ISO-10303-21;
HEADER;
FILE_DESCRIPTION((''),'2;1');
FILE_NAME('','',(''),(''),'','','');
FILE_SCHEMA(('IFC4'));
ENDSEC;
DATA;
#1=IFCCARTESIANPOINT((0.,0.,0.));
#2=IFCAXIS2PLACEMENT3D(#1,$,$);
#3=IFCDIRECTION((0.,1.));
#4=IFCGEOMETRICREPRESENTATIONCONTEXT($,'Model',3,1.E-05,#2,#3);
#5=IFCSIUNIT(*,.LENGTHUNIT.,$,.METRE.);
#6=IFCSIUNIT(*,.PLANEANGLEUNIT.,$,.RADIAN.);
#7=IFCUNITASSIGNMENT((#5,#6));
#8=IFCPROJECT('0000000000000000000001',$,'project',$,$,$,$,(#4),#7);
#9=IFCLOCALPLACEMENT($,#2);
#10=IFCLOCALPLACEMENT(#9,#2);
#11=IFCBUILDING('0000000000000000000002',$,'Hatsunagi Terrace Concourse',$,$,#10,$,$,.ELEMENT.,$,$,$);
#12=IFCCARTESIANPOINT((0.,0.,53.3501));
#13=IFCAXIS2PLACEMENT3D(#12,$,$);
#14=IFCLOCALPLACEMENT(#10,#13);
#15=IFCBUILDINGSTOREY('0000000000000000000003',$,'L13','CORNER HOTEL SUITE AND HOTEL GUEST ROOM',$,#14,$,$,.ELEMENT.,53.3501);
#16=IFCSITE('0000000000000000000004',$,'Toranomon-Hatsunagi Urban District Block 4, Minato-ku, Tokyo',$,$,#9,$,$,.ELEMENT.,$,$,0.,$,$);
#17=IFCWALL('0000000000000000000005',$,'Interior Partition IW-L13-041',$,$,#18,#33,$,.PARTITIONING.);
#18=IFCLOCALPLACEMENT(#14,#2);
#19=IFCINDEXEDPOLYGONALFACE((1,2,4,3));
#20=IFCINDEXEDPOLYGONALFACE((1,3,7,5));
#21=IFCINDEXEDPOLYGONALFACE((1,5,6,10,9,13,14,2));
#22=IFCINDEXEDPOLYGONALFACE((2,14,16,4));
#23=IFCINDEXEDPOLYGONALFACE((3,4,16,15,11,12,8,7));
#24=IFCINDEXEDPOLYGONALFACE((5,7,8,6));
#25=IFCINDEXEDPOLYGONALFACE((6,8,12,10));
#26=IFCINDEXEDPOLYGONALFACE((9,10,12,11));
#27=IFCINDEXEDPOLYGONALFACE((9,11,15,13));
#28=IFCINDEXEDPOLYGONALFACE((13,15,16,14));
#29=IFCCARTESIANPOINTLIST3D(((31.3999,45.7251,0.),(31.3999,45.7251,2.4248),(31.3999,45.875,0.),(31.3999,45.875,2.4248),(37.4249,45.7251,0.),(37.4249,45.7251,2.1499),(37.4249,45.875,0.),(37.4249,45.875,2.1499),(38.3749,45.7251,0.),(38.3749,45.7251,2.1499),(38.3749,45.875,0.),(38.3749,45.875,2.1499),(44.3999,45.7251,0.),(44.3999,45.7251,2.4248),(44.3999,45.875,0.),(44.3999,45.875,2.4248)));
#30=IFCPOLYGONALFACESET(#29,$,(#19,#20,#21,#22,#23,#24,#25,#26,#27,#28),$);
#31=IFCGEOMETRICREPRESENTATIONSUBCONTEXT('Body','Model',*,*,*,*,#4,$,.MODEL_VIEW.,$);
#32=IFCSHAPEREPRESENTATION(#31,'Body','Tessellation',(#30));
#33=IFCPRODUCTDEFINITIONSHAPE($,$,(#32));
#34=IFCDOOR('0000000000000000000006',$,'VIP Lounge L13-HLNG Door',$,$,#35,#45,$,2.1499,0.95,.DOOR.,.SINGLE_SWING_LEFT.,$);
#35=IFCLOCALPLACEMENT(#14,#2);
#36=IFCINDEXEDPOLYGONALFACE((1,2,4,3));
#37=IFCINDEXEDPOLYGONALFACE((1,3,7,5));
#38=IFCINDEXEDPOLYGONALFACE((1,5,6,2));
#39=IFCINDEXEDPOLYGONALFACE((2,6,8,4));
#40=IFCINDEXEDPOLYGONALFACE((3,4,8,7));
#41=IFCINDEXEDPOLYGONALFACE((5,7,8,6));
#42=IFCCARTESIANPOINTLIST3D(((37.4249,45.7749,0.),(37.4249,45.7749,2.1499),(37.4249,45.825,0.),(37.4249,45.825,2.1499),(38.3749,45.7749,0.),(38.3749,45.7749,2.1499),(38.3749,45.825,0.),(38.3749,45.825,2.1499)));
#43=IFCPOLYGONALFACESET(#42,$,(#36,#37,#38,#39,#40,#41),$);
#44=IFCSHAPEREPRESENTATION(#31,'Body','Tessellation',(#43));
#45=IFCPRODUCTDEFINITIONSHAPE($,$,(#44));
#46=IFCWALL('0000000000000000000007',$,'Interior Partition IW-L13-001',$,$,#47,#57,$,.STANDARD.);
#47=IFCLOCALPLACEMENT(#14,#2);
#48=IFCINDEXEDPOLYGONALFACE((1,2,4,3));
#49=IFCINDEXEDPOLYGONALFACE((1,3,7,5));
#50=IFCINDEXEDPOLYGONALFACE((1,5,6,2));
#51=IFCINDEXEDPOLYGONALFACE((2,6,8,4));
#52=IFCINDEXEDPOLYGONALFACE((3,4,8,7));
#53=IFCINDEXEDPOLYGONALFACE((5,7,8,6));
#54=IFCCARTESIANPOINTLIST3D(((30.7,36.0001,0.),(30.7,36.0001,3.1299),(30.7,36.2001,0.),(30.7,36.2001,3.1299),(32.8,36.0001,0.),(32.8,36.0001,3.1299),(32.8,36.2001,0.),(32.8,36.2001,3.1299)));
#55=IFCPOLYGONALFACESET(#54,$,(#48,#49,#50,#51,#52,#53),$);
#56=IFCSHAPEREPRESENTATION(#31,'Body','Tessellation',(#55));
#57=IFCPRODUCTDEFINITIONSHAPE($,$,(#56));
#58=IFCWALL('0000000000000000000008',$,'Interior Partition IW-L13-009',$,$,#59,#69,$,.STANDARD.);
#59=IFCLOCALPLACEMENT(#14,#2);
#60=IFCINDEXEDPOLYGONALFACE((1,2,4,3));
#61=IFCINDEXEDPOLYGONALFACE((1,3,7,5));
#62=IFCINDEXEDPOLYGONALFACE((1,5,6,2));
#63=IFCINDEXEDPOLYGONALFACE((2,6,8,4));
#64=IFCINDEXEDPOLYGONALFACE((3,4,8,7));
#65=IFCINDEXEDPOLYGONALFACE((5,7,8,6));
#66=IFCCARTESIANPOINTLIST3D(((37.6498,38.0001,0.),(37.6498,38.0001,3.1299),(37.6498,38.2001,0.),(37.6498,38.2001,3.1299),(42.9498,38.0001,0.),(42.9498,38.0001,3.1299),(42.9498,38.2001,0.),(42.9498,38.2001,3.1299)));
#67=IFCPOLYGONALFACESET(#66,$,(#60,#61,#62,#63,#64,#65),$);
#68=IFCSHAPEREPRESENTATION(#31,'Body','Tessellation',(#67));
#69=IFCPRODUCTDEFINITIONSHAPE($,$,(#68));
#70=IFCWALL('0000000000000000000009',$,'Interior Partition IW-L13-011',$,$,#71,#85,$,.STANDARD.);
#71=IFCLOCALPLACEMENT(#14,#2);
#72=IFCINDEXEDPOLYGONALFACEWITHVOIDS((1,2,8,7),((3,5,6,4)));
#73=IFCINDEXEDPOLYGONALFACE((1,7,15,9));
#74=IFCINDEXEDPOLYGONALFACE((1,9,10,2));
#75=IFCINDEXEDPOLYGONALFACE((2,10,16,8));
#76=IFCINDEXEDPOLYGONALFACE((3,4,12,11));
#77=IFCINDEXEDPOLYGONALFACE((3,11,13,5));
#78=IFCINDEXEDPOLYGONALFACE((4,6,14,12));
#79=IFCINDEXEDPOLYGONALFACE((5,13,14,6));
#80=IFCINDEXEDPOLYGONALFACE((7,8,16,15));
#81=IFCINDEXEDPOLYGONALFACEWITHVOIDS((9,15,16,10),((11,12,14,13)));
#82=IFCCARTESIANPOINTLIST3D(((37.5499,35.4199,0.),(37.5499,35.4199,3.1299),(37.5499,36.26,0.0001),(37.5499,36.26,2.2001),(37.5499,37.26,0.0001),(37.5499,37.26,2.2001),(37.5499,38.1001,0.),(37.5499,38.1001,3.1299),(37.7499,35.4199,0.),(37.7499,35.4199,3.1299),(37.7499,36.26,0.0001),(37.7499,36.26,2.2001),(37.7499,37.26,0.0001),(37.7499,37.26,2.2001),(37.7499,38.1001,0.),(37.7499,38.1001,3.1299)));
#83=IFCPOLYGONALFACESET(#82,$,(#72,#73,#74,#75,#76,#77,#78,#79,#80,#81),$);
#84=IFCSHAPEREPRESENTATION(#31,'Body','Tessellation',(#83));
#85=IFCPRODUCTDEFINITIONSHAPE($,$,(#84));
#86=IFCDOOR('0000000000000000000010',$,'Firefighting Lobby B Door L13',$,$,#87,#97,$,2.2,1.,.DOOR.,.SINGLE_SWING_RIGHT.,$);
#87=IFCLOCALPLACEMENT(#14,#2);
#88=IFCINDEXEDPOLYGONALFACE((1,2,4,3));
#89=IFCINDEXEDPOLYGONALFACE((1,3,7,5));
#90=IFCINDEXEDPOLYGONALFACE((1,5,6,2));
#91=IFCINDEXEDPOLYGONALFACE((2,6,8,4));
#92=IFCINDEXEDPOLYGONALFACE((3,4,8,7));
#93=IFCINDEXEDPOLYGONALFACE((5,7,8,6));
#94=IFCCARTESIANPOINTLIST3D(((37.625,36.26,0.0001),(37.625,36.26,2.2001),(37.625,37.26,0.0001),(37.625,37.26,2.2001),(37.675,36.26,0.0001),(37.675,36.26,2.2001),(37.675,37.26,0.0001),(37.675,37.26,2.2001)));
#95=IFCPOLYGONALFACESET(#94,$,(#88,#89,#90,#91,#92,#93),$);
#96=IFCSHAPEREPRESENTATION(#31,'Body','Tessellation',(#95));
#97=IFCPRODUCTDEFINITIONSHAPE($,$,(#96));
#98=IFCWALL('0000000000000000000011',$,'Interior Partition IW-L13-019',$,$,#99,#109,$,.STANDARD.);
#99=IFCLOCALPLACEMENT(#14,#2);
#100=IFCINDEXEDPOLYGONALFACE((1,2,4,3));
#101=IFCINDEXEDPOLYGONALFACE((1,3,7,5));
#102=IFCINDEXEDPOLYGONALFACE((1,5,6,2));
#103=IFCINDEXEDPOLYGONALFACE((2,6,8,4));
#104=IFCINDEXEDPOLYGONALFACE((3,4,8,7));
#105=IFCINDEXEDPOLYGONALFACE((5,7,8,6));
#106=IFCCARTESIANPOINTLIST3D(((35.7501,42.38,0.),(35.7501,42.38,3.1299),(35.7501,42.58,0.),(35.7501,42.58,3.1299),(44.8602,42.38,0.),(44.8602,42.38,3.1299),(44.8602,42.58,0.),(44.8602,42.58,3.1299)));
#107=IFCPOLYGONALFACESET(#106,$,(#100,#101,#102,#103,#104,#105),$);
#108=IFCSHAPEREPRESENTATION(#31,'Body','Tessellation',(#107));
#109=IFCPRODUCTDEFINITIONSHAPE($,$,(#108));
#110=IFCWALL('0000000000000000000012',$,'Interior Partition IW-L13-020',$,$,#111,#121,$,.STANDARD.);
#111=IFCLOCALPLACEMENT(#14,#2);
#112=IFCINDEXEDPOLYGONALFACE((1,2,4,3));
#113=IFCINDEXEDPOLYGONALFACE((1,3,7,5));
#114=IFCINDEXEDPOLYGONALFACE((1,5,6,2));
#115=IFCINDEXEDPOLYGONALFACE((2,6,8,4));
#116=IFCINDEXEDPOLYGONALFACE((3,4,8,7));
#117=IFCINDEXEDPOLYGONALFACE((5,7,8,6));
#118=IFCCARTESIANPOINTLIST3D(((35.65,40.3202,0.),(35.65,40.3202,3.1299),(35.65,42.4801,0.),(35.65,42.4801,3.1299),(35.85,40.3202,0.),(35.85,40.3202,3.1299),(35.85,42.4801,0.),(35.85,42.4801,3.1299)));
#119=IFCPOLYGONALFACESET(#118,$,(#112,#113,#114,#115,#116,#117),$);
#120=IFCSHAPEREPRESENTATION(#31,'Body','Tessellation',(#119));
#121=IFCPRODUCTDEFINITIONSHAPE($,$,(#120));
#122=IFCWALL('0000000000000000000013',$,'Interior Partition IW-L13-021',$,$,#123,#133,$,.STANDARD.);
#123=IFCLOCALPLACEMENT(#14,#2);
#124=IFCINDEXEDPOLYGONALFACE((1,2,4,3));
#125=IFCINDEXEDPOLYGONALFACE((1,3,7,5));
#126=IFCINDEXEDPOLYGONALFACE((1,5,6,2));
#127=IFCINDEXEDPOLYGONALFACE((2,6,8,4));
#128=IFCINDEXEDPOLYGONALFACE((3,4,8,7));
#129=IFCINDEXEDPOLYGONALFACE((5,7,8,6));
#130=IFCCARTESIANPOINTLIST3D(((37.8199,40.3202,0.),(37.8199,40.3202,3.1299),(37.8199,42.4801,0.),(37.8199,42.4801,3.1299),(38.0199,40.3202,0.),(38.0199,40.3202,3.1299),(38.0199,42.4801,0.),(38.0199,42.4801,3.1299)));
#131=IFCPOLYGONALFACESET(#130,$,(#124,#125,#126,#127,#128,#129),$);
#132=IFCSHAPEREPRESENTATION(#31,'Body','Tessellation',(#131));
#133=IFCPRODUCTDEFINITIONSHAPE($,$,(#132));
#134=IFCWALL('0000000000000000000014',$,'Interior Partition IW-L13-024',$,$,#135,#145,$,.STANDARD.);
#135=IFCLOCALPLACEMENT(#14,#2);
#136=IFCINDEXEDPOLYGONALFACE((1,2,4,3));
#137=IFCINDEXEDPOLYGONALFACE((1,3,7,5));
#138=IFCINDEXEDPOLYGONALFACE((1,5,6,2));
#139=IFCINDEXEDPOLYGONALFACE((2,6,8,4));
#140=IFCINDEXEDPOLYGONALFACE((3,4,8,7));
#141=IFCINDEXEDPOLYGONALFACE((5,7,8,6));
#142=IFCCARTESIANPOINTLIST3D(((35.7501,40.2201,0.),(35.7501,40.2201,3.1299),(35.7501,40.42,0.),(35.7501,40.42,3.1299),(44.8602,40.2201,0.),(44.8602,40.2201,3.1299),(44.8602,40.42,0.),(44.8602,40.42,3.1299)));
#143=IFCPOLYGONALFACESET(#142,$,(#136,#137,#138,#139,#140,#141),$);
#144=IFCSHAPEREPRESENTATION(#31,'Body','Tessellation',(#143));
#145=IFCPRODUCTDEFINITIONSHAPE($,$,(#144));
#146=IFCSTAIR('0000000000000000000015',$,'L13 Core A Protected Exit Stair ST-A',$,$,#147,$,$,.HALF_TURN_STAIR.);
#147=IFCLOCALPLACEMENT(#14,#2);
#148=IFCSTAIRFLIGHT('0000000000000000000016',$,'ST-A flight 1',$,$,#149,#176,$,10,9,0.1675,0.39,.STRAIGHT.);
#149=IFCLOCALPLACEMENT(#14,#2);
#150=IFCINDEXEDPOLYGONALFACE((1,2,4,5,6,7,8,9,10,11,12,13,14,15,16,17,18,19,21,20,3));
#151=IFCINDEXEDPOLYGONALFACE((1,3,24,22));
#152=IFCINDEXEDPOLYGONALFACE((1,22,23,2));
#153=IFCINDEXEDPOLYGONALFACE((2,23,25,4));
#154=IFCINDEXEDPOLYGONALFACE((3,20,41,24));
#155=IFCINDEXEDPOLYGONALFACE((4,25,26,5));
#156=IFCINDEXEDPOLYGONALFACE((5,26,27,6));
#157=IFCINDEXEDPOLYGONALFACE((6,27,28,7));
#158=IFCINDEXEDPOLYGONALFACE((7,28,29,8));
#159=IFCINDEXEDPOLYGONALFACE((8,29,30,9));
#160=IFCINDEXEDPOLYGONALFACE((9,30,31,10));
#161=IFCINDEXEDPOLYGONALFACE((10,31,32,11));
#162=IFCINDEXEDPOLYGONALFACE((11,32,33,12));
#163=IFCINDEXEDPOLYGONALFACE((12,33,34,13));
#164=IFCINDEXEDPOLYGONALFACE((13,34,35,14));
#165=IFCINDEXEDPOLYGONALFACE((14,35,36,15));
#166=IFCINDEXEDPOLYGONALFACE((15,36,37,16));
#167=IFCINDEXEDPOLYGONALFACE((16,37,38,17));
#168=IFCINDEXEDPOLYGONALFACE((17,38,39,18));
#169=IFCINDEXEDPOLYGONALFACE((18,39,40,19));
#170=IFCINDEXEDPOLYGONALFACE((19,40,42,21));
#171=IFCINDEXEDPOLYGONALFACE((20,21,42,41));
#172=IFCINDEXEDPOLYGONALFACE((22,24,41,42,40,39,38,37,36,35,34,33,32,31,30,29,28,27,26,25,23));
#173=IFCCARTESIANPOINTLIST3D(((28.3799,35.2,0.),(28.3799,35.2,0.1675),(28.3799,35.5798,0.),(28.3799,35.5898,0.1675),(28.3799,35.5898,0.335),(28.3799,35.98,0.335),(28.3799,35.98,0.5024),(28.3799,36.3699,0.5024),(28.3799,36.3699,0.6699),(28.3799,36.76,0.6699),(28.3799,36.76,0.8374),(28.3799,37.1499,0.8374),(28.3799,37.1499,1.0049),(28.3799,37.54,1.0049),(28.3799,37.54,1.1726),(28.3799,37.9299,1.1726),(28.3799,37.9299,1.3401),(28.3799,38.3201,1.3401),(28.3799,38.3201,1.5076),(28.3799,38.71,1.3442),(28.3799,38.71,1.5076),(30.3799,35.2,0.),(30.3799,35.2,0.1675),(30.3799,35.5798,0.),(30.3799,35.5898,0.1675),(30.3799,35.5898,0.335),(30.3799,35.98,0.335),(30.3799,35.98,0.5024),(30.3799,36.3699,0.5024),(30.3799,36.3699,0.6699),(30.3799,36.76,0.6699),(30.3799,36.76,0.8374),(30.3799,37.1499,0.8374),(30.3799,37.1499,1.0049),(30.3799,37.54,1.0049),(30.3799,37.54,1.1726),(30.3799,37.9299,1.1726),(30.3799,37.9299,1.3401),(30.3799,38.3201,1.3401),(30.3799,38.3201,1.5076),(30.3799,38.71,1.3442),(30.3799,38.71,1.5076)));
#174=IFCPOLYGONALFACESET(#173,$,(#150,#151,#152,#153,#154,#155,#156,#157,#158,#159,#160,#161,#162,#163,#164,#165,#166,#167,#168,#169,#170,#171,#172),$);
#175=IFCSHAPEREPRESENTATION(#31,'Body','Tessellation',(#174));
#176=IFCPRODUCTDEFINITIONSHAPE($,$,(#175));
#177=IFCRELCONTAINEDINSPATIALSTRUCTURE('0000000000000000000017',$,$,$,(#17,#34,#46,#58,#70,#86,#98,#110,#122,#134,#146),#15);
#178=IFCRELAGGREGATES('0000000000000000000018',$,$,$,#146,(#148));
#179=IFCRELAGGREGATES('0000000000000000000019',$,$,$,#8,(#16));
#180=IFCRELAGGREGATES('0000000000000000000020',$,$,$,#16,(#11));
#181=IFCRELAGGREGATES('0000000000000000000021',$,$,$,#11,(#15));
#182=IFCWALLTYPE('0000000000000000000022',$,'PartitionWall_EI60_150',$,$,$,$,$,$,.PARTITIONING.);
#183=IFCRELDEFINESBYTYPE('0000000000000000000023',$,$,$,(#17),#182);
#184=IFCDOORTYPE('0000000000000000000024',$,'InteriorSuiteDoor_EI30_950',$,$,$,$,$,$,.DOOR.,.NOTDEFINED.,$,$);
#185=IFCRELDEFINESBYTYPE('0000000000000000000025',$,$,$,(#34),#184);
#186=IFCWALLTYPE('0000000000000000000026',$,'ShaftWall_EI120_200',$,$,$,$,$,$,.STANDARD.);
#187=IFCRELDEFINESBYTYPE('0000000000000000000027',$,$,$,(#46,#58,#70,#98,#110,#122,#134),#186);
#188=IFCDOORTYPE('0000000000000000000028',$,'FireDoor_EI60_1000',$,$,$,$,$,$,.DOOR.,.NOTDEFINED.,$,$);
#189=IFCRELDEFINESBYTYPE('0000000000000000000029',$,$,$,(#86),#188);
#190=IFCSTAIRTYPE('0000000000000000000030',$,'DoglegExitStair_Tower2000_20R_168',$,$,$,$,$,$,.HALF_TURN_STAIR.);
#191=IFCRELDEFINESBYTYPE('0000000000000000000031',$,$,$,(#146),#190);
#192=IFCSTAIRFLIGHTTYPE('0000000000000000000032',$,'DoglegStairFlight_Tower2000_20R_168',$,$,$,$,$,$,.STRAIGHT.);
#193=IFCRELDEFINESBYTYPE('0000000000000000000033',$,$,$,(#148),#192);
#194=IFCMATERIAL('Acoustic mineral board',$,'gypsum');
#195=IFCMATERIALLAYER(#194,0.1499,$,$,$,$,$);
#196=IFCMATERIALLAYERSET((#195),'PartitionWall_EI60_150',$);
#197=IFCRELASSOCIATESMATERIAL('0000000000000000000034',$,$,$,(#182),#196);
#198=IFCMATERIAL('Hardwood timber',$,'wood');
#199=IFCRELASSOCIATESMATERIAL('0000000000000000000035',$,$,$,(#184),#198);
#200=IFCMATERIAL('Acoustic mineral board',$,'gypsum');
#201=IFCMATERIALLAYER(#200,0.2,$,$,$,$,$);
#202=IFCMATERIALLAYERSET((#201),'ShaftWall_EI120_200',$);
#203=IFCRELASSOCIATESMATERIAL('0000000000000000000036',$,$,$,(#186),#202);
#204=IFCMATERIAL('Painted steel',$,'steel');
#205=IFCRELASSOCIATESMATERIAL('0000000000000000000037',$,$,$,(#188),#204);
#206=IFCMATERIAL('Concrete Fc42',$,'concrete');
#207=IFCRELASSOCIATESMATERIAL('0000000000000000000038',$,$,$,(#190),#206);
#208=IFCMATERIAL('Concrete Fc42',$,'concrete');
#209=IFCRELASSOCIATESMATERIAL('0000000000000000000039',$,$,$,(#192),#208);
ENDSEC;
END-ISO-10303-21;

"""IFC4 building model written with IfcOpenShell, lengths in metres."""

from ifc_helpers import new_model, si_unit, direction, frame, frame_2d, origin, place, context, subcontext, project, spatial, polyline, rectangle, outline, extrude, material, layer, layer_set, type_object, element, fill, aggregate, save


model = new_model("IFC4")

# Units and contexts
model_context = context("Model", 3, precision=1e-05, world=origin(), true_north=direction((0.0, 1.0)))
body_context = subcontext(model_context, "Body", "Model", "MODEL_VIEW")
ifc_project = project(units=[si_unit("LENGTHUNIT", "METRE"), si_unit("PLANEANGLEUNIT", "RADIAN")], contexts=[model_context])

# Site, building, storey
site_placement = place(None, origin())
site = spatial("IfcSite", under=ifc_project, at=site_placement, Name="Toranomon-Hatsunagi Urban District Block 4, Minato-ku, Tokyo", CompositionType="ELEMENT", RefElevation=0.0)
building_placement = place(site_placement, origin())
building = spatial("IfcBuilding", under=site, at=building_placement, Name="Hatsunagi Terrace Concourse", CompositionType="ELEMENT")
storey_placement = place(building_placement, frame((0.0, 0.0, 53.3501)))
storey = spatial("IfcBuildingStorey", under=building, at=storey_placement, Name="L13", Description="CORNER HOTEL SUITE AND HOTEL GUEST ROOM", CompositionType="ELEMENT", Elevation=53.3501)

# Shared definitions
ifc_material_1 = material(Name="Acoustic mineral board", Category="gypsum")
ifc_layer_1 = layer(ifc_material_1, 0.1499)
ifc_layer_set_1 = layer_set([ifc_layer_1], Name="PartitionWall_EI60_150")
wall_type_1 = type_object("IfcWallType", Name="PartitionWall_EI60_150", PredefinedType="PARTITIONING", material=ifc_layer_set_1)

# Wall, opening, door
wall_1_placement = place(storey_placement, frame((31.3999, 45.8, 0.0), z_axis=(0.0, 0.0, 1.0), x_axis=(1.0, 0.0, 0.0)))
wall_1 = element("IfcWall", 1, at=wall_1_placement, inside=storey, type_object=wall_type_1, Name="Interior Partition IW-L13-041", PredefinedType="PARTITIONING", context=body_context, shape_type="SweptSolid", body=[
    extrude(rectangle(XDim=13.0, YDim=0.1499, at=frame_2d((6.5, 0.0))), origin(), (0.0, 0.0, 1.0), 2.4248),
])
opening_1_placement = place(wall_1_placement, frame((6.0249, 0.0, 0.0)))
opening_1 = element("IfcOpeningElement", 2, at=opening_1_placement, cuts=wall_1, PredefinedType="OPENING", context=body_context, shape_type="SweptSolid", body=[
    extrude(rectangle(XDim=0.95, YDim=2.1499, at=frame_2d((0.4751, 1.075))), frame((0.0, 0.085, 0.0), z_axis=(0.0, -1.0, 0.0), x_axis=(1.0, 0.0, 0.0)), (0.0, 0.0, 1.0), 0.1699),
])
ifc_material_2 = material(Name="Hardwood timber", Category="wood")
door_type_1 = type_object("IfcDoorType", Name="InteriorSuiteDoor_EI30_950", OperationType="NOTDEFINED", PredefinedType="DOOR", material=ifc_material_2)
door_1_placement = place(opening_1_placement, origin())
door_1 = element("IfcDoor", 3, at=door_1_placement, inside=storey, type_object=door_type_1, Name="VIP Lounge L13-HLNG Door", OperationType="SINGLE_SWING_LEFT", OverallHeight=2.1499, OverallWidth=0.95, PredefinedType="DOOR", context=body_context, shape_type="SweptSolid", body=[
    extrude(rectangle(XDim=0.95, YDim=2.1499, at=frame_2d((0.4751, 1.075))), frame((0.0, 0.0249, 0.0), z_axis=(0.0, -1.0, 0.0), x_axis=(1.0, 0.0, 0.0)), (0.0, 0.0, 1.0), 0.05),
])
fill(opening_1, door_1)

# Walls
ifc_material_3 = material(Name="Acoustic mineral board", Category="gypsum")
ifc_layer_2 = layer(ifc_material_3, 0.2)
ifc_layer_set_2 = layer_set([ifc_layer_2], Name="ShaftWall_EI120_200")
wall_type_2 = type_object("IfcWallType", Name="ShaftWall_EI120_200", PredefinedType="STANDARD", material=ifc_layer_set_2)
wall_2_placement = place(storey_placement, frame((30.7, 36.1001, 0.0), z_axis=(0.0, 0.0, 1.0), x_axis=(1.0, 0.0, 0.0)))
element("IfcWall", 4, at=wall_2_placement, inside=storey, type_object=wall_type_2, Name="Interior Partition IW-L13-001", PredefinedType="STANDARD", context=body_context, shape_type="SweptSolid", body=[
    extrude(rectangle(XDim=2.1001, YDim=0.2, at=frame_2d((1.05, 0.0))), origin(), (0.0, 0.0, 1.0), 3.1299),
])
wall_3_placement = place(storey_placement, frame((37.6499, 38.1001, 0.0), z_axis=(0.0, 0.0, 1.0), x_axis=(1.0, 0.0, 0.0)))
element("IfcWall", 5, at=wall_3_placement, inside=storey, type_object=wall_type_2, Name="Interior Partition IW-L13-009", PredefinedType="STANDARD", context=body_context, shape_type="SweptSolid", body=[
    extrude(rectangle(XDim=5.3, YDim=0.2, at=frame_2d((2.6499, 0.0))), origin(), (0.0, 0.0, 1.0), 3.1299),
])

# Wall, opening, door
wall_4_placement = place(storey_placement, frame((37.6499, 35.4199, 0.0), z_axis=(0.0, 0.0, 1.0), x_axis=(0.0, 1.0, 0.0)))
wall_4 = element("IfcWall", 6, at=wall_4_placement, inside=storey, type_object=wall_type_2, Name="Interior Partition IW-L13-011", PredefinedType="STANDARD", context=body_context, shape_type="SweptSolid", body=[
    extrude(rectangle(XDim=2.6802, YDim=0.2, at=frame_2d((1.3401, 0.0))), origin(), (0.0, 0.0, 1.0), 3.1299),
])
opening_2_placement = place(wall_4_placement, frame((0.8401, 0.0, 0.0)))
opening_2 = element("IfcOpeningElement", 7, at=opening_2_placement, cuts=wall_4, PredefinedType="OPENING", context=body_context, shape_type="SweptSolid", body=[
    extrude(rectangle(XDim=1.0, YDim=2.2, at=frame_2d((0.5, 1.1001))), frame((0.0, 0.1099, 0.0), z_axis=(0.0, -1.0, 0.0), x_axis=(1.0, 0.0, 0.0)), (0.0, 0.0, 1.0), 0.22),
])
ifc_material_4 = material(Name="Painted steel", Category="steel")
door_type_2 = type_object("IfcDoorType", Name="FireDoor_EI60_1000", OperationType="NOTDEFINED", PredefinedType="DOOR", material=ifc_material_4)
door_2_placement = place(opening_2_placement, origin())
door_2 = element("IfcDoor", 8, at=door_2_placement, inside=storey, type_object=door_type_2, Name="Firefighting Lobby B Door L13", OperationType="SINGLE_SWING_RIGHT", OverallHeight=2.2, OverallWidth=1.0, PredefinedType="DOOR", context=body_context, shape_type="SweptSolid", body=[
    extrude(rectangle(XDim=1.0, YDim=2.2, at=frame_2d((0.5, 1.1001))), frame((0.0, 0.0249, 0.0), z_axis=(0.0, -1.0, 0.0), x_axis=(1.0, 0.0, 0.0)), (0.0, 0.0, 1.0), 0.05),
])
fill(opening_2, door_2)

# Walls
wall_5_placement = place(storey_placement, frame((35.75, 42.48, 0.0), z_axis=(0.0, 0.0, 1.0), x_axis=(1.0, 0.0, 0.0)))
element("IfcWall", 9, at=wall_5_placement, inside=storey, type_object=wall_type_2, Name="Interior Partition IW-L13-019", PredefinedType="STANDARD", context=body_context, shape_type="SweptSolid", body=[
    extrude(rectangle(XDim=9.1101, YDim=0.2, at=frame_2d((4.5552, 0.0))), origin(), (0.0, 0.0, 1.0), 3.1299),
])
for number, where, z_axis, x_axis, name in (
    (10, (35.75, 40.3201, 0.0), (0.0, 0.0, 1.0), (0.0, 1.0, 0.0), "Interior Partition IW-L13-020"),
    (11, (37.9199, 40.3201, 0.0), (0.0, 0.0, 1.0), (0.0, 1.0, 0.0), "Interior Partition IW-L13-021"),
):
    element("IfcWall", number, at=place(storey_placement, frame(where, z_axis=z_axis, x_axis=x_axis)), inside=storey, type_object=wall_type_2, Name=name, PredefinedType="STANDARD", context=body_context, shape_type="SweptSolid", body=[
        extrude(rectangle(XDim=2.1599, YDim=0.2, at=frame_2d((1.0801, 0.0))), origin(), (0.0, 0.0, 1.0), 3.1299),
    ])
wall_6_placement = place(storey_placement, frame((35.75, 40.3201, 0.0), z_axis=(0.0, 0.0, 1.0), x_axis=(1.0, 0.0, 0.0)))
element("IfcWall", 12, at=wall_6_placement, inside=storey, type_object=wall_type_2, Name="Interior Partition IW-L13-024", PredefinedType="STANDARD", context=body_context, shape_type="SweptSolid", body=[
    extrude(rectangle(XDim=9.1101, YDim=0.2, at=frame_2d((4.5552, 0.0))), origin(), (0.0, 0.0, 1.0), 3.1299),
])

# Stair, stair flight
ifc_material_5 = material(Name="Concrete Fc42", Category="concrete")
stair_type = type_object("IfcStairType", Name="DoglegExitStair_Tower2000_20R_168", PredefinedType="HALF_TURN_STAIR", material=ifc_material_5)
stair_placement = place(storey_placement, origin())
stair = element("IfcStair", 13, at=stair_placement, inside=storey, type_object=stair_type, Name="L13 Core A Protected Exit Stair ST-A", PredefinedType="HALF_TURN_STAIR")
ifc_material_6 = material(Name="Concrete Fc42", Category="concrete")
stair_flight_type = type_object("IfcStairFlightType", Name="DoglegStairFlight_Tower2000_20R_168", PredefinedType="STRAIGHT", material=ifc_material_6)
stair_flight_placement = place(storey_placement, frame((29.3799, 35.2, 0.0), z_axis=(0.0, 0.0, 1.0), x_axis=(0.0, 1.0, 0.0)))
stair_flight = element("IfcStairFlight", 14, at=stair_flight_placement, type_object=stair_flight_type, Name="ST-A flight 1", NumberOfRisers=10, NumberOfTreads=9, PredefinedType="STRAIGHT", RiserHeight=0.1675, TreadLength=0.39, context=body_context, shape_type="SweptSolid", body=[
    extrude(outline(polyline([(0.0, 0.0), (0.0, 0.1675), (0.3899, 0.1675), (0.3899, 0.335), (0.78, 0.335), (0.78, 0.5024), (1.1699, 0.5024), (1.1699, 0.6699), (1.5601, 0.6699), (1.5601, 0.8374), (1.95, 0.8374), (1.95, 1.0049), (2.3401, 1.0049), (2.3401, 1.1726), (2.73, 1.1726), (2.73, 1.3401), (3.1201, 1.3401), (3.1201, 1.5076), (3.51, 1.5076), (3.51, 1.675), (3.51, 1.3442), (0.3799, 0.0), (0.0, 0.0)])), frame((0.0, 1.0, 0.0), z_axis=(0.0, -1.0, 0.0), x_axis=(1.0, 0.0, 0.0)), (0.0, 0.0, 1.0), 2.0),
])
aggregate(stair, [stair_flight])

save(model, "model.ifc")
